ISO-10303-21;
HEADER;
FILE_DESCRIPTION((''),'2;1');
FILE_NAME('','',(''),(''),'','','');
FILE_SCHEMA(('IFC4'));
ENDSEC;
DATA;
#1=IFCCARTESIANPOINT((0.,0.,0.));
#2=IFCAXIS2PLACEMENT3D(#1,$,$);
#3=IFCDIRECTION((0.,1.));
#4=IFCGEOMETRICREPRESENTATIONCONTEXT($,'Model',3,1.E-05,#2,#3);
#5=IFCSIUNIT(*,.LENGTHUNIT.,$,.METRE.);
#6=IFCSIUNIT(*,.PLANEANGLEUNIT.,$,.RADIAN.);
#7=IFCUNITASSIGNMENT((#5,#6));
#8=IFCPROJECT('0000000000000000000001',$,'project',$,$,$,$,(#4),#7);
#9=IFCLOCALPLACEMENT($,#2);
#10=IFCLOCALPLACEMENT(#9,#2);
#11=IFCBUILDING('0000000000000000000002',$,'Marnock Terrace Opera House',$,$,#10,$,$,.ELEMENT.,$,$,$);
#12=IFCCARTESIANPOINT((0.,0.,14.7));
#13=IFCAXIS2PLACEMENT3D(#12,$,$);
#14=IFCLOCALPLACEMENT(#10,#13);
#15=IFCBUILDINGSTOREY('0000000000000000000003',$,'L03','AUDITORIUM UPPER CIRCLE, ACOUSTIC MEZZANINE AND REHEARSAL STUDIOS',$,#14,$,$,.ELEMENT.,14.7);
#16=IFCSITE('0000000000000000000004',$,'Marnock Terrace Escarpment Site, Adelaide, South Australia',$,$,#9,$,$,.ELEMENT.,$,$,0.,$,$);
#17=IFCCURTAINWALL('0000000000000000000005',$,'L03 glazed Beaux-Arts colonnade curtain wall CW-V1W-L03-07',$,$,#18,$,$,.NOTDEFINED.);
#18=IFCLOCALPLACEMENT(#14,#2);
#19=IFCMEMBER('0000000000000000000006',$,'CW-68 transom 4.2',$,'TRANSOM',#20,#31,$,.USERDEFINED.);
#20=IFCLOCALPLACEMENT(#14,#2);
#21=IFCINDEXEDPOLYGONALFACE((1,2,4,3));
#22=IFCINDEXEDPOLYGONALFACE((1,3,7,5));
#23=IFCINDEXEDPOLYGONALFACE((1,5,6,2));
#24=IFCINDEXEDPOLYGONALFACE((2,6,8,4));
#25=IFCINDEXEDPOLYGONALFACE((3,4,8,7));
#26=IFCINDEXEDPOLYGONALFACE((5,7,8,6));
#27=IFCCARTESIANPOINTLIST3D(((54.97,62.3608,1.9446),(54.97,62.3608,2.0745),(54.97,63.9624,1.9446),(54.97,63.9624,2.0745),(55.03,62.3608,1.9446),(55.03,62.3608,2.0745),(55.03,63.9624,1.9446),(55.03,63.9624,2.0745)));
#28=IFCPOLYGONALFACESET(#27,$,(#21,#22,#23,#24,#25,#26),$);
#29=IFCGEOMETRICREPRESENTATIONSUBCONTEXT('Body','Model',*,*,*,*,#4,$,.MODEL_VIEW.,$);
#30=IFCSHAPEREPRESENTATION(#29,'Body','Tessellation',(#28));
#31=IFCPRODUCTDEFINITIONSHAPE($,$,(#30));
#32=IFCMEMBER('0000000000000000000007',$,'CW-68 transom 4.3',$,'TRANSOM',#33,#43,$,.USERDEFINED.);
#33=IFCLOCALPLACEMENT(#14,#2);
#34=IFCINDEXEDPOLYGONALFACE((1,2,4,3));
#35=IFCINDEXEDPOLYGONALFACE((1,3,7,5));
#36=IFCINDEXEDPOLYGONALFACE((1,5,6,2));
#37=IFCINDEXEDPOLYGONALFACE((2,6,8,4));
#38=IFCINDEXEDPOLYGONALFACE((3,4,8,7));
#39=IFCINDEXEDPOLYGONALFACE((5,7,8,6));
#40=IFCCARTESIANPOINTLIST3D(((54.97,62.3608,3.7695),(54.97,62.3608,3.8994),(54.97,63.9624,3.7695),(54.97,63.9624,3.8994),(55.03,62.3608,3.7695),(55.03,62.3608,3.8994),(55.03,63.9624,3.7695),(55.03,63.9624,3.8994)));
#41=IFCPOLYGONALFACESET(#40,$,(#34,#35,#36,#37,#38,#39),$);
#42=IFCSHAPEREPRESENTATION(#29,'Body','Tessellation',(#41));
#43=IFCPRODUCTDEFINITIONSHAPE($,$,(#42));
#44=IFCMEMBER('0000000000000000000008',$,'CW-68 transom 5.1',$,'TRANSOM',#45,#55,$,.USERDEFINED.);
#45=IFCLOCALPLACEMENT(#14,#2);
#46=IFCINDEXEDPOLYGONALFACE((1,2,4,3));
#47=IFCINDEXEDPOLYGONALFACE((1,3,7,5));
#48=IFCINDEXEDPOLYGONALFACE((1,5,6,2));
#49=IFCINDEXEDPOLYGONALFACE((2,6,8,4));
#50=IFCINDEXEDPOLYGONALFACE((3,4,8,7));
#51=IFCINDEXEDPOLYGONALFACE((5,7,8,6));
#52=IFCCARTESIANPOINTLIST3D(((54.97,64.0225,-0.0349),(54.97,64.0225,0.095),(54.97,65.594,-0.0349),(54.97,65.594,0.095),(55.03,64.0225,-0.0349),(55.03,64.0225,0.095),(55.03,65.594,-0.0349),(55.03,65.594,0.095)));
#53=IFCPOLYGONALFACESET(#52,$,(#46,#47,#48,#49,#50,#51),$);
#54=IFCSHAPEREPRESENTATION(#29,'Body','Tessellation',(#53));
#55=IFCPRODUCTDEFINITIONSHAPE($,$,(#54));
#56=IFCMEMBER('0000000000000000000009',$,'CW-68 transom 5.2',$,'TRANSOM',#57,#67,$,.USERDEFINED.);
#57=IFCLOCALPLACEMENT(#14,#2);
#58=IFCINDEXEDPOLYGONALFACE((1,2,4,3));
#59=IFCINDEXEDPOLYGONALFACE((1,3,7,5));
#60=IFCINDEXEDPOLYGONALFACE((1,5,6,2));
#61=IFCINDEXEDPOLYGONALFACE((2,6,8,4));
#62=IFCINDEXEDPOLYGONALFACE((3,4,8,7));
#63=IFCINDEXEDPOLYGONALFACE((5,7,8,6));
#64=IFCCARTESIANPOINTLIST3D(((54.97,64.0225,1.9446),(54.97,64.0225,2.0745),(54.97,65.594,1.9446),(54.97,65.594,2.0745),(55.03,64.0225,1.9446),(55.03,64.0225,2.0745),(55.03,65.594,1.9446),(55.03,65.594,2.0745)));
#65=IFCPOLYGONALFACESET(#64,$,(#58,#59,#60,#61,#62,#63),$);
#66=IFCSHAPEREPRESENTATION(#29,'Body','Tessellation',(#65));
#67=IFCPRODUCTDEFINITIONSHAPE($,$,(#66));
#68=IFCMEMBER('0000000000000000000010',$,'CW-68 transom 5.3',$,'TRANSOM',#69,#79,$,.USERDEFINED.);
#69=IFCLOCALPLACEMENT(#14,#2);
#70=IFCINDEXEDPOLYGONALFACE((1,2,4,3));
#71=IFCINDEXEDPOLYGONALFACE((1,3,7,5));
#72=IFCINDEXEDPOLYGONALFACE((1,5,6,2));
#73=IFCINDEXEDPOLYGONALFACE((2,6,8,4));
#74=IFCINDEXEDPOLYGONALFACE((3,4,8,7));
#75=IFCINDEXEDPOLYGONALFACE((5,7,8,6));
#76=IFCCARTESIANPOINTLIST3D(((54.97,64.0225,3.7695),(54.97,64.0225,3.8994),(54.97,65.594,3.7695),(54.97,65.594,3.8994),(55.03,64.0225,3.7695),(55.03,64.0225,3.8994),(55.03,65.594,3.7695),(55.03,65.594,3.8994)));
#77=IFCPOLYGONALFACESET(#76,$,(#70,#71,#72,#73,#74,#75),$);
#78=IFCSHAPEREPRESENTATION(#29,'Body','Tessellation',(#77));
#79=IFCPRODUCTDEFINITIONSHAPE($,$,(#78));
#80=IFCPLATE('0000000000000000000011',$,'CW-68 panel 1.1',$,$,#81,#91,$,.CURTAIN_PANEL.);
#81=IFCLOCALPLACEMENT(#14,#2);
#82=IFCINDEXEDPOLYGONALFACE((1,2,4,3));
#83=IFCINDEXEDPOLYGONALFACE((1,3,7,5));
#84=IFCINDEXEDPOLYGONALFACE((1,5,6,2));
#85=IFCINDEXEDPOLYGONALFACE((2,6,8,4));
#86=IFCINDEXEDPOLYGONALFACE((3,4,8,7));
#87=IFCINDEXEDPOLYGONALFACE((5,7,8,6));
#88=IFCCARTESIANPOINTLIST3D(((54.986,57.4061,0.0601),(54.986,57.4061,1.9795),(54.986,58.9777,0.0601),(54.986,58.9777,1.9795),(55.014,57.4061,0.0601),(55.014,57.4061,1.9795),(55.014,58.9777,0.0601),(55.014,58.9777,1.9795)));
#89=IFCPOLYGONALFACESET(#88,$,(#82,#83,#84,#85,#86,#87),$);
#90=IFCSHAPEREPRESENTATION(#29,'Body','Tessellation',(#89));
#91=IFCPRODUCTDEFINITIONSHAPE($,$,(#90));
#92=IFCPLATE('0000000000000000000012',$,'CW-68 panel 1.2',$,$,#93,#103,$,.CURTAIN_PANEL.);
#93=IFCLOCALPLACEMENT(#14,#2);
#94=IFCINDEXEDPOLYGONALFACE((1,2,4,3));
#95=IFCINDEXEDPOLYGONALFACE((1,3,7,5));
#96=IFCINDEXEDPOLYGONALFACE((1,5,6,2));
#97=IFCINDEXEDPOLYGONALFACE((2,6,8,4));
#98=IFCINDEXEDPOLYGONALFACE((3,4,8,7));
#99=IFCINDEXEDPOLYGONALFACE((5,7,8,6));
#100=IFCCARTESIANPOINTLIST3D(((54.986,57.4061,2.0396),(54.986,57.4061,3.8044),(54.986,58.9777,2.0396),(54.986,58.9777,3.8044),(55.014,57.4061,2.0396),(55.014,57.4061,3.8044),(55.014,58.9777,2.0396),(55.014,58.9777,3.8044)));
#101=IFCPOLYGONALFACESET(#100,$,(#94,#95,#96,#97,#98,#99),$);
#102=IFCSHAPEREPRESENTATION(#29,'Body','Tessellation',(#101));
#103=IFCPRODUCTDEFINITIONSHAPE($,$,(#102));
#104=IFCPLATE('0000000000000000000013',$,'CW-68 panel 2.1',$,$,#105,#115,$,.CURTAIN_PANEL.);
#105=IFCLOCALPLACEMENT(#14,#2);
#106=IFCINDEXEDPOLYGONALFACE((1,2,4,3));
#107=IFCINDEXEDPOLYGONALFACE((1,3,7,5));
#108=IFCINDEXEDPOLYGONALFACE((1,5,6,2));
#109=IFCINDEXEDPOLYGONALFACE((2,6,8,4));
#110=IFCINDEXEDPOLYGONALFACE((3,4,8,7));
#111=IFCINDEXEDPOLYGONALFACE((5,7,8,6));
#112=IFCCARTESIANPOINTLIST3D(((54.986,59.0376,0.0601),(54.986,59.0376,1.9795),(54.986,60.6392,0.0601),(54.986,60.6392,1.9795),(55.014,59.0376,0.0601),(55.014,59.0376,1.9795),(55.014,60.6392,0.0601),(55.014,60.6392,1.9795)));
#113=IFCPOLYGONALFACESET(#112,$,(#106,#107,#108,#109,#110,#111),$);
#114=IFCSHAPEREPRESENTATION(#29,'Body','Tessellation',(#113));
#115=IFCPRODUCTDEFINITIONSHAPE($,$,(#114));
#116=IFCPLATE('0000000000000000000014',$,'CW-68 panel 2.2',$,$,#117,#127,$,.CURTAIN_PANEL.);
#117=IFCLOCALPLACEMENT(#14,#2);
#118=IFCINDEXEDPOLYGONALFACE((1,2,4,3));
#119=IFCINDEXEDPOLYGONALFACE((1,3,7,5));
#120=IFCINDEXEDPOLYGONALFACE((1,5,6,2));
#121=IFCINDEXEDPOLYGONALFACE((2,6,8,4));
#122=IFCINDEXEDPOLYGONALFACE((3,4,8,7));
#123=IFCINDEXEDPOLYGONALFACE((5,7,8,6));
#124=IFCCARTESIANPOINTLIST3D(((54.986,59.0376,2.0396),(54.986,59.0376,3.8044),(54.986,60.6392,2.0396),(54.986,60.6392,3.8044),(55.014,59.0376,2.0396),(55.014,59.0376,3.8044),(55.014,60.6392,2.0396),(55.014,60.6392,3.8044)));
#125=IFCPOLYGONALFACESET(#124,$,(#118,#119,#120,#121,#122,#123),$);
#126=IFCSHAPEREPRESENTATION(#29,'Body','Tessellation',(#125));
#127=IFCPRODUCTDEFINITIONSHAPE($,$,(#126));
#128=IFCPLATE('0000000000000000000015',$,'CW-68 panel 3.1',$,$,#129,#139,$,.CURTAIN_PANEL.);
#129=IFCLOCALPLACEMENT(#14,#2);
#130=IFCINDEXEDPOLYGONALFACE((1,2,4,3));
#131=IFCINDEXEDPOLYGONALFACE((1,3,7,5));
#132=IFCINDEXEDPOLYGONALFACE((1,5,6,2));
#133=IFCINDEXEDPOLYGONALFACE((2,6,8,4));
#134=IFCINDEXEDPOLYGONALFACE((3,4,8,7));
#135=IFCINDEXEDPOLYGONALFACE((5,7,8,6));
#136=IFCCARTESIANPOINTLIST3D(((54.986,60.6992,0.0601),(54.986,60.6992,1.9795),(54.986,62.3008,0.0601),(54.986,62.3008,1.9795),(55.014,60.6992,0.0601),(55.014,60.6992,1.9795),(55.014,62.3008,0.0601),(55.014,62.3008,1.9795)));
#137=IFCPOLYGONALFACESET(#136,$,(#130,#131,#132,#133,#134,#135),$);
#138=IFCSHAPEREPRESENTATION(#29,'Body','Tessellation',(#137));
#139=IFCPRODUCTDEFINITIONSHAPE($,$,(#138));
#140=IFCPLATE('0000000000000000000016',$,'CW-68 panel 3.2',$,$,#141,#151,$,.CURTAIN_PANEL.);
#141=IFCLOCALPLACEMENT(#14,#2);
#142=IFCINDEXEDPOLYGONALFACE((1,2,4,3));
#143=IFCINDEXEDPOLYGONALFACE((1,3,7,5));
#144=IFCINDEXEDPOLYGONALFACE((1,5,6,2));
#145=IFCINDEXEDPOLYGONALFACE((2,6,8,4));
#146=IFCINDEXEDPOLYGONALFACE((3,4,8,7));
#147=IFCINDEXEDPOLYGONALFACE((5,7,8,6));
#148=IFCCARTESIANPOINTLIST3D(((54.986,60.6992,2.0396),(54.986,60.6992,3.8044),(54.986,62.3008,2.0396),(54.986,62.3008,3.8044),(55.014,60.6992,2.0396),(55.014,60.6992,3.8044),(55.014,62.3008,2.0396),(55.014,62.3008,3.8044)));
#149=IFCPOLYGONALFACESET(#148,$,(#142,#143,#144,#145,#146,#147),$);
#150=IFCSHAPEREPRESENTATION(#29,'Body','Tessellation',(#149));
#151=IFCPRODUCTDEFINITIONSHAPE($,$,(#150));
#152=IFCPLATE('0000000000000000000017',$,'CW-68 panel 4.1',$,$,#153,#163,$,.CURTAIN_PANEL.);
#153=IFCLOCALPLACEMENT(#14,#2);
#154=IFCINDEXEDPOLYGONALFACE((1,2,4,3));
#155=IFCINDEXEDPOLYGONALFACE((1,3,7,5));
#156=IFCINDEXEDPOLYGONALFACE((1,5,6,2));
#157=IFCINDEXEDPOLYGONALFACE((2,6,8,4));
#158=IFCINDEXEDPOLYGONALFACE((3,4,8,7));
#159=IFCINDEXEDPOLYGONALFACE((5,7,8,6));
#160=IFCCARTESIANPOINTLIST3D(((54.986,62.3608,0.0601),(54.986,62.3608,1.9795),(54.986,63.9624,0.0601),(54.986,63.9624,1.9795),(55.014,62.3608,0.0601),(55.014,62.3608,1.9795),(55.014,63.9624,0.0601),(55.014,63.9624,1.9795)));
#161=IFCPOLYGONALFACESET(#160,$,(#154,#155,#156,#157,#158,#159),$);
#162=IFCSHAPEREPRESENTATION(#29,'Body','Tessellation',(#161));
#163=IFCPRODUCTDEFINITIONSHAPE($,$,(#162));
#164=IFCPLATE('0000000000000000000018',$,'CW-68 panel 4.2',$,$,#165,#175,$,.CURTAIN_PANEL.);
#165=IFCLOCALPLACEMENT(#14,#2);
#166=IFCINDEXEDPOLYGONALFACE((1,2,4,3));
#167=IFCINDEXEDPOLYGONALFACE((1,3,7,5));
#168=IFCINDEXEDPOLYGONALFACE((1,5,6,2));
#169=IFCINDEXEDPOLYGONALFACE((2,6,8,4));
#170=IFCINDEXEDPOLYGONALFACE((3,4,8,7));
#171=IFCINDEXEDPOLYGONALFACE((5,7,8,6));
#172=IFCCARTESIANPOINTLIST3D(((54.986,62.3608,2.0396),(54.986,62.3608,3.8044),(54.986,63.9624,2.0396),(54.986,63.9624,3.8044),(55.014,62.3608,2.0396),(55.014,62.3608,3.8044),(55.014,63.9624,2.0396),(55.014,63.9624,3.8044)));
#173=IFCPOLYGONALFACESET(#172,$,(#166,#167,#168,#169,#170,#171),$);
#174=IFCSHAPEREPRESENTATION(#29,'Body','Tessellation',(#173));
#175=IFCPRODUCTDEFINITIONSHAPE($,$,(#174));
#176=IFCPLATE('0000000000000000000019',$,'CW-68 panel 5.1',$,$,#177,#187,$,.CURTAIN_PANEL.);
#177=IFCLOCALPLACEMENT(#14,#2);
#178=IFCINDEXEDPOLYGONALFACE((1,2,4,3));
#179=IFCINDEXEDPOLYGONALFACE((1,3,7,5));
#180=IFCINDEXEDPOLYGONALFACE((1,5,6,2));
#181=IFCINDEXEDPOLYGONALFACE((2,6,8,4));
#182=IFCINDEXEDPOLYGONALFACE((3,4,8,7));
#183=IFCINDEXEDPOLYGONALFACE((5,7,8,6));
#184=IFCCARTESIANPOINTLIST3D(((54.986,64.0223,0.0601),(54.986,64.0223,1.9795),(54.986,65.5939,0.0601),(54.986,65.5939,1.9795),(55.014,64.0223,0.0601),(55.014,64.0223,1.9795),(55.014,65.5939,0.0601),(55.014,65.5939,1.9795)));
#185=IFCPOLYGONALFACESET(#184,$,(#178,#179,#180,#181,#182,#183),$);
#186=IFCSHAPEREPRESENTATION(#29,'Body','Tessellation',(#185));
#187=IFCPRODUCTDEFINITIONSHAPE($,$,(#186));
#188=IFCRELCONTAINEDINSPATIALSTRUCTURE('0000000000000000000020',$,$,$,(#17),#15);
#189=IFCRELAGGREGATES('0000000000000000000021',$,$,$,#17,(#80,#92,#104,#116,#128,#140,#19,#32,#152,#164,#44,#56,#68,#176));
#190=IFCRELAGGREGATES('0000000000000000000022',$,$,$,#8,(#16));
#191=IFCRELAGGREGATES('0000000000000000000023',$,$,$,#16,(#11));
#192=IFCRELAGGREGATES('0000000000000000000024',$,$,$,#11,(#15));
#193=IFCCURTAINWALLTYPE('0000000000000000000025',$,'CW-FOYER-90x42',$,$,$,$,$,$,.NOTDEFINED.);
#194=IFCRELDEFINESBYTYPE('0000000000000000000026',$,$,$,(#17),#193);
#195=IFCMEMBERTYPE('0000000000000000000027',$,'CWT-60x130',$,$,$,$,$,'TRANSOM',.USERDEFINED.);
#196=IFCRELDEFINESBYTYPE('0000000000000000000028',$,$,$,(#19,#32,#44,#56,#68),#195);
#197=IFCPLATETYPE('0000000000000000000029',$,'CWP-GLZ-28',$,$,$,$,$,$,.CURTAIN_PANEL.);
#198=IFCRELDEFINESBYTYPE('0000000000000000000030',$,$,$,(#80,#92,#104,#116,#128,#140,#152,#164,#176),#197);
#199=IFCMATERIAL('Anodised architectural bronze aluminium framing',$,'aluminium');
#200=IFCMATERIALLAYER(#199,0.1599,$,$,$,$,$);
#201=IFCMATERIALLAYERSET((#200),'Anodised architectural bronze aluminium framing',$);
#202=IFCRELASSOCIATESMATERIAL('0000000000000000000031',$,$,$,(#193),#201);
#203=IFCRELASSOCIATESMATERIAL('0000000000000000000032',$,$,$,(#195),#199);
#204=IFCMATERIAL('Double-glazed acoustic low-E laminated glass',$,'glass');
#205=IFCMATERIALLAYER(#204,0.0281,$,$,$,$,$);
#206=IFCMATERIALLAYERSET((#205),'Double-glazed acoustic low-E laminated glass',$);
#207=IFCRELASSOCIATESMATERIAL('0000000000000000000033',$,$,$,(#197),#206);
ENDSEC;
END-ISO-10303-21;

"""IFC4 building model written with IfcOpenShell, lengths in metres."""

from ifc_helpers import new_model, si_unit, direction, frame, origin, origin_2d, place, context, subcontext, project, spatial, rectangle, extrude, material, layer, layer_set, material_profile, profile_set, type_object, element, aggregate, save


model = new_model("IFC4")

# Units and contexts
model_context = context("Model", 3, precision=1e-05, world=origin(), true_north=direction((0.0, 1.0)))
body_context = subcontext(model_context, "Body", "Model", "MODEL_VIEW")
ifc_project = project(units=[si_unit("LENGTHUNIT", "METRE"), si_unit("PLANEANGLEUNIT", "RADIAN")], contexts=[model_context])

# Site, building, storey
site_placement = place(None, origin())
site = spatial("IfcSite", under=ifc_project, at=site_placement, Name="Marnock Terrace Escarpment Site, Adelaide, South Australia", CompositionType="ELEMENT", RefElevation=0.0)
building_placement = place(site_placement, origin())
building = spatial("IfcBuilding", under=site, at=building_placement, Name="Marnock Terrace Opera House", CompositionType="ELEMENT")
storey_placement = place(building_placement, frame((0.0, 0.0, 14.7)))
storey = spatial("IfcBuildingStorey", under=building, at=storey_placement, Name="L03", Description="AUDITORIUM UPPER CIRCLE, ACOUSTIC MEZZANINE AND REHEARSAL STUDIOS", CompositionType="ELEMENT", Elevation=14.7)

# Curtain wall, members, plates
ifc_material_1 = material(Name="Anodised architectural bronze aluminium framing", Category="aluminium")
ifc_layer_1 = layer(ifc_material_1, 0.1599)
ifc_layer_set_1 = layer_set([ifc_layer_1], Name="Anodised architectural bronze aluminium framing")
curtain_wall_type = type_object("IfcCurtainWallType", Name="CW-FOYER-90x42", PredefinedType="NOTDEFINED", material=ifc_layer_set_1)
curtain_wall_placement = place(storey_placement, origin())
curtain_wall = element("IfcCurtainWall", 1, at=curtain_wall_placement, inside=storey, type_object=curtain_wall_type, Name="L03 glazed Beaux-Arts colonnade curtain wall CW-V1W-L03-07", PredefinedType="NOTDEFINED")
ifc_material_profile_1 = material_profile(ifc_material_1, rectangle(XDim=0.0601, YDim=0.1299, at=origin_2d()))
ifc_profile_set_1 = profile_set([ifc_material_profile_1], Name="Anodised architectural bronze aluminium framing")
member_type_1 = type_object("IfcMemberType", Name="CWT-60x130", ElementType="TRANSOM", PredefinedType="USERDEFINED", material=ifc_profile_set_1)
member_1_placement = place(storey_placement, frame((55.0, 62.3608, 2.0095), z_axis=(0.0, 1.0, 0.0), x_axis=(-1.0, 0.0, 0.0)))
member_1 = element("IfcMember", 2, at=member_1_placement, type_object=member_type_1, Name="CW-68 transom 4.2", ObjectType="TRANSOM", PredefinedType="USERDEFINED", context=body_context, shape_type="SweptSolid", body=[
    extrude(rectangle(XDim=0.0601, YDim=0.1299, at=origin_2d()), origin(), (0.0, 0.0, 1.0), 1.6016),
])
member_2_placement = place(storey_placement, frame((55.0, 62.3608, 3.8345), z_axis=(0.0, 1.0, 0.0), x_axis=(-1.0, 0.0, 0.0)))
member_2 = element("IfcMember", 3, at=member_2_placement, type_object=member_type_1, Name="CW-68 transom 4.3", ObjectType="TRANSOM", PredefinedType="USERDEFINED", context=body_context, shape_type="SweptSolid", body=[
    extrude(rectangle(XDim=0.0601, YDim=0.1299, at=origin_2d()), origin(), (0.0, 0.0, 1.0), 1.6016),
])
member_3_placement = place(storey_placement, frame((55.0, 64.0225, 0.03), z_axis=(0.0, 1.0, 0.0), x_axis=(-1.0, 0.0, 0.0)))
member_3 = element("IfcMember", 4, at=member_3_placement, type_object=member_type_1, Name="CW-68 transom 5.1", ObjectType="TRANSOM", PredefinedType="USERDEFINED", context=body_context, shape_type="SweptSolid", body=[
    extrude(rectangle(XDim=0.0601, YDim=0.1299, at=origin_2d()), origin(), (0.0, 0.0, 1.0), 1.5715),
])
member_4_placement = place(storey_placement, frame((55.0, 64.0225, 2.0095), z_axis=(0.0, 1.0, 0.0), x_axis=(-1.0, 0.0, 0.0)))
member_4 = element("IfcMember", 5, at=member_4_placement, type_object=member_type_1, Name="CW-68 transom 5.2", ObjectType="TRANSOM", PredefinedType="USERDEFINED", context=body_context, shape_type="SweptSolid", body=[
    extrude(rectangle(XDim=0.0601, YDim=0.1299, at=origin_2d()), origin(), (0.0, 0.0, 1.0), 1.5715),
])
member_5_placement = place(storey_placement, frame((55.0, 64.0225, 3.8345), z_axis=(0.0, 1.0, 0.0), x_axis=(-1.0, 0.0, 0.0)))
member_5 = element("IfcMember", 6, at=member_5_placement, type_object=member_type_1, Name="CW-68 transom 5.3", ObjectType="TRANSOM", PredefinedType="USERDEFINED", context=body_context, shape_type="SweptSolid", body=[
    extrude(rectangle(XDim=0.0601, YDim=0.1299, at=origin_2d()), origin(), (0.0, 0.0, 1.0), 1.5715),
])
ifc_material_2 = material(Name="Double-glazed acoustic low-E laminated glass", Category="glass")
ifc_layer_2 = layer(ifc_material_2, 0.0281)
ifc_layer_set_2 = layer_set([ifc_layer_2], Name="Double-glazed acoustic low-E laminated glass")
plate_type = type_object("IfcPlateType", Name="CWP-GLZ-28", PredefinedType="CURTAIN_PANEL", material=ifc_layer_set_2)
plate_1_placement = place(storey_placement, frame((55.0, 58.1919, 0.0601), z_axis=(0.0, 0.0, 1.0), x_axis=(0.0, 1.0, 0.0)))
plate_1 = element("IfcPlate", 7, at=plate_1_placement, type_object=plate_type, Name="CW-68 panel 1.1", PredefinedType="CURTAIN_PANEL", context=body_context, shape_type="SweptSolid", body=[
    extrude(rectangle(XDim=1.5715, YDim=0.0281, at=origin_2d()), origin(), (0.0, 0.0, 1.0), 1.9194),
])
plate_2_placement = place(storey_placement, frame((55.0, 58.1919, 2.0396), z_axis=(0.0, 0.0, 1.0), x_axis=(0.0, 1.0, 0.0)))
plate_2 = element("IfcPlate", 8, at=plate_2_placement, type_object=plate_type, Name="CW-68 panel 1.2", PredefinedType="CURTAIN_PANEL", context=body_context, shape_type="SweptSolid", body=[
    extrude(rectangle(XDim=1.5715, YDim=0.0281, at=origin_2d()), origin(), (0.0, 0.0, 1.0), 1.7649),
])
plate_3_placement = place(storey_placement, frame((55.0, 59.8384, 0.0601), z_axis=(0.0, 0.0, 1.0), x_axis=(0.0, 1.0, 0.0)))
plate_3 = element("IfcPlate", 9, at=plate_3_placement, type_object=plate_type, Name="CW-68 panel 2.1", PredefinedType="CURTAIN_PANEL", context=body_context, shape_type="SweptSolid", body=[
    extrude(rectangle(XDim=1.6016, YDim=0.0281, at=origin_2d()), origin(), (0.0, 0.0, 1.0), 1.9194),
])
plate_4_placement = place(storey_placement, frame((55.0, 59.8384, 2.0396), z_axis=(0.0, 0.0, 1.0), x_axis=(0.0, 1.0, 0.0)))
plate_4 = element("IfcPlate", 10, at=plate_4_placement, type_object=plate_type, Name="CW-68 panel 2.2", PredefinedType="CURTAIN_PANEL", context=body_context, shape_type="SweptSolid", body=[
    extrude(rectangle(XDim=1.6016, YDim=0.0281, at=origin_2d()), origin(), (0.0, 0.0, 1.0), 1.7649),
])
plate_5_placement = place(storey_placement, frame((55.0, 61.5, 0.0601), z_axis=(0.0, 0.0, 1.0), x_axis=(0.0, 1.0, 0.0)))
plate_5 = element("IfcPlate", 11, at=plate_5_placement, type_object=plate_type, Name="CW-68 panel 3.1", PredefinedType="CURTAIN_PANEL", context=body_context, shape_type="SweptSolid", body=[
    extrude(rectangle(XDim=1.6016, YDim=0.0281, at=origin_2d()), origin(), (0.0, 0.0, 1.0), 1.9194),
])
plate_6_placement = place(storey_placement, frame((55.0, 61.5, 2.0396), z_axis=(0.0, 0.0, 1.0), x_axis=(0.0, 1.0, 0.0)))
plate_6 = element("IfcPlate", 12, at=plate_6_placement, type_object=plate_type, Name="CW-68 panel 3.2", PredefinedType="CURTAIN_PANEL", context=body_context, shape_type="SweptSolid", body=[
    extrude(rectangle(XDim=1.6016, YDim=0.0281, at=origin_2d()), origin(), (0.0, 0.0, 1.0), 1.7649),
])
plate_7_placement = place(storey_placement, frame((55.0, 63.1616, 0.0601), z_axis=(0.0, 0.0, 1.0), x_axis=(0.0, 1.0, 0.0)))
plate_7 = element("IfcPlate", 13, at=plate_7_placement, type_object=plate_type, Name="CW-68 panel 4.1", PredefinedType="CURTAIN_PANEL", context=body_context, shape_type="SweptSolid", body=[
    extrude(rectangle(XDim=1.6016, YDim=0.0281, at=origin_2d()), origin(), (0.0, 0.0, 1.0), 1.9194),
])
plate_8_placement = place(storey_placement, frame((55.0, 63.1616, 2.0396), z_axis=(0.0, 0.0, 1.0), x_axis=(0.0, 1.0, 0.0)))
plate_8 = element("IfcPlate", 14, at=plate_8_placement, type_object=plate_type, Name="CW-68 panel 4.2", PredefinedType="CURTAIN_PANEL", context=body_context, shape_type="SweptSolid", body=[
    extrude(rectangle(XDim=1.6016, YDim=0.0281, at=origin_2d()), origin(), (0.0, 0.0, 1.0), 1.7649),
])
plate_9_placement = place(storey_placement, frame((55.0, 64.8081, 0.0601), z_axis=(0.0, 0.0, 1.0), x_axis=(0.0, 1.0, 0.0)))
plate_9 = element("IfcPlate", 15, at=plate_9_placement, type_object=plate_type, Name="CW-68 panel 5.1", PredefinedType="CURTAIN_PANEL", context=body_context, shape_type="SweptSolid", body=[
    extrude(rectangle(XDim=1.5715, YDim=0.0281, at=origin_2d()), origin(), (0.0, 0.0, 1.0), 1.9194),
])
aggregate(curtain_wall, [plate_1, plate_2, plate_3, plate_4, plate_5, plate_6, member_1, member_2, plate_7, plate_8, member_3, member_4, member_5, plate_9])

save(model, "model.ifc")
